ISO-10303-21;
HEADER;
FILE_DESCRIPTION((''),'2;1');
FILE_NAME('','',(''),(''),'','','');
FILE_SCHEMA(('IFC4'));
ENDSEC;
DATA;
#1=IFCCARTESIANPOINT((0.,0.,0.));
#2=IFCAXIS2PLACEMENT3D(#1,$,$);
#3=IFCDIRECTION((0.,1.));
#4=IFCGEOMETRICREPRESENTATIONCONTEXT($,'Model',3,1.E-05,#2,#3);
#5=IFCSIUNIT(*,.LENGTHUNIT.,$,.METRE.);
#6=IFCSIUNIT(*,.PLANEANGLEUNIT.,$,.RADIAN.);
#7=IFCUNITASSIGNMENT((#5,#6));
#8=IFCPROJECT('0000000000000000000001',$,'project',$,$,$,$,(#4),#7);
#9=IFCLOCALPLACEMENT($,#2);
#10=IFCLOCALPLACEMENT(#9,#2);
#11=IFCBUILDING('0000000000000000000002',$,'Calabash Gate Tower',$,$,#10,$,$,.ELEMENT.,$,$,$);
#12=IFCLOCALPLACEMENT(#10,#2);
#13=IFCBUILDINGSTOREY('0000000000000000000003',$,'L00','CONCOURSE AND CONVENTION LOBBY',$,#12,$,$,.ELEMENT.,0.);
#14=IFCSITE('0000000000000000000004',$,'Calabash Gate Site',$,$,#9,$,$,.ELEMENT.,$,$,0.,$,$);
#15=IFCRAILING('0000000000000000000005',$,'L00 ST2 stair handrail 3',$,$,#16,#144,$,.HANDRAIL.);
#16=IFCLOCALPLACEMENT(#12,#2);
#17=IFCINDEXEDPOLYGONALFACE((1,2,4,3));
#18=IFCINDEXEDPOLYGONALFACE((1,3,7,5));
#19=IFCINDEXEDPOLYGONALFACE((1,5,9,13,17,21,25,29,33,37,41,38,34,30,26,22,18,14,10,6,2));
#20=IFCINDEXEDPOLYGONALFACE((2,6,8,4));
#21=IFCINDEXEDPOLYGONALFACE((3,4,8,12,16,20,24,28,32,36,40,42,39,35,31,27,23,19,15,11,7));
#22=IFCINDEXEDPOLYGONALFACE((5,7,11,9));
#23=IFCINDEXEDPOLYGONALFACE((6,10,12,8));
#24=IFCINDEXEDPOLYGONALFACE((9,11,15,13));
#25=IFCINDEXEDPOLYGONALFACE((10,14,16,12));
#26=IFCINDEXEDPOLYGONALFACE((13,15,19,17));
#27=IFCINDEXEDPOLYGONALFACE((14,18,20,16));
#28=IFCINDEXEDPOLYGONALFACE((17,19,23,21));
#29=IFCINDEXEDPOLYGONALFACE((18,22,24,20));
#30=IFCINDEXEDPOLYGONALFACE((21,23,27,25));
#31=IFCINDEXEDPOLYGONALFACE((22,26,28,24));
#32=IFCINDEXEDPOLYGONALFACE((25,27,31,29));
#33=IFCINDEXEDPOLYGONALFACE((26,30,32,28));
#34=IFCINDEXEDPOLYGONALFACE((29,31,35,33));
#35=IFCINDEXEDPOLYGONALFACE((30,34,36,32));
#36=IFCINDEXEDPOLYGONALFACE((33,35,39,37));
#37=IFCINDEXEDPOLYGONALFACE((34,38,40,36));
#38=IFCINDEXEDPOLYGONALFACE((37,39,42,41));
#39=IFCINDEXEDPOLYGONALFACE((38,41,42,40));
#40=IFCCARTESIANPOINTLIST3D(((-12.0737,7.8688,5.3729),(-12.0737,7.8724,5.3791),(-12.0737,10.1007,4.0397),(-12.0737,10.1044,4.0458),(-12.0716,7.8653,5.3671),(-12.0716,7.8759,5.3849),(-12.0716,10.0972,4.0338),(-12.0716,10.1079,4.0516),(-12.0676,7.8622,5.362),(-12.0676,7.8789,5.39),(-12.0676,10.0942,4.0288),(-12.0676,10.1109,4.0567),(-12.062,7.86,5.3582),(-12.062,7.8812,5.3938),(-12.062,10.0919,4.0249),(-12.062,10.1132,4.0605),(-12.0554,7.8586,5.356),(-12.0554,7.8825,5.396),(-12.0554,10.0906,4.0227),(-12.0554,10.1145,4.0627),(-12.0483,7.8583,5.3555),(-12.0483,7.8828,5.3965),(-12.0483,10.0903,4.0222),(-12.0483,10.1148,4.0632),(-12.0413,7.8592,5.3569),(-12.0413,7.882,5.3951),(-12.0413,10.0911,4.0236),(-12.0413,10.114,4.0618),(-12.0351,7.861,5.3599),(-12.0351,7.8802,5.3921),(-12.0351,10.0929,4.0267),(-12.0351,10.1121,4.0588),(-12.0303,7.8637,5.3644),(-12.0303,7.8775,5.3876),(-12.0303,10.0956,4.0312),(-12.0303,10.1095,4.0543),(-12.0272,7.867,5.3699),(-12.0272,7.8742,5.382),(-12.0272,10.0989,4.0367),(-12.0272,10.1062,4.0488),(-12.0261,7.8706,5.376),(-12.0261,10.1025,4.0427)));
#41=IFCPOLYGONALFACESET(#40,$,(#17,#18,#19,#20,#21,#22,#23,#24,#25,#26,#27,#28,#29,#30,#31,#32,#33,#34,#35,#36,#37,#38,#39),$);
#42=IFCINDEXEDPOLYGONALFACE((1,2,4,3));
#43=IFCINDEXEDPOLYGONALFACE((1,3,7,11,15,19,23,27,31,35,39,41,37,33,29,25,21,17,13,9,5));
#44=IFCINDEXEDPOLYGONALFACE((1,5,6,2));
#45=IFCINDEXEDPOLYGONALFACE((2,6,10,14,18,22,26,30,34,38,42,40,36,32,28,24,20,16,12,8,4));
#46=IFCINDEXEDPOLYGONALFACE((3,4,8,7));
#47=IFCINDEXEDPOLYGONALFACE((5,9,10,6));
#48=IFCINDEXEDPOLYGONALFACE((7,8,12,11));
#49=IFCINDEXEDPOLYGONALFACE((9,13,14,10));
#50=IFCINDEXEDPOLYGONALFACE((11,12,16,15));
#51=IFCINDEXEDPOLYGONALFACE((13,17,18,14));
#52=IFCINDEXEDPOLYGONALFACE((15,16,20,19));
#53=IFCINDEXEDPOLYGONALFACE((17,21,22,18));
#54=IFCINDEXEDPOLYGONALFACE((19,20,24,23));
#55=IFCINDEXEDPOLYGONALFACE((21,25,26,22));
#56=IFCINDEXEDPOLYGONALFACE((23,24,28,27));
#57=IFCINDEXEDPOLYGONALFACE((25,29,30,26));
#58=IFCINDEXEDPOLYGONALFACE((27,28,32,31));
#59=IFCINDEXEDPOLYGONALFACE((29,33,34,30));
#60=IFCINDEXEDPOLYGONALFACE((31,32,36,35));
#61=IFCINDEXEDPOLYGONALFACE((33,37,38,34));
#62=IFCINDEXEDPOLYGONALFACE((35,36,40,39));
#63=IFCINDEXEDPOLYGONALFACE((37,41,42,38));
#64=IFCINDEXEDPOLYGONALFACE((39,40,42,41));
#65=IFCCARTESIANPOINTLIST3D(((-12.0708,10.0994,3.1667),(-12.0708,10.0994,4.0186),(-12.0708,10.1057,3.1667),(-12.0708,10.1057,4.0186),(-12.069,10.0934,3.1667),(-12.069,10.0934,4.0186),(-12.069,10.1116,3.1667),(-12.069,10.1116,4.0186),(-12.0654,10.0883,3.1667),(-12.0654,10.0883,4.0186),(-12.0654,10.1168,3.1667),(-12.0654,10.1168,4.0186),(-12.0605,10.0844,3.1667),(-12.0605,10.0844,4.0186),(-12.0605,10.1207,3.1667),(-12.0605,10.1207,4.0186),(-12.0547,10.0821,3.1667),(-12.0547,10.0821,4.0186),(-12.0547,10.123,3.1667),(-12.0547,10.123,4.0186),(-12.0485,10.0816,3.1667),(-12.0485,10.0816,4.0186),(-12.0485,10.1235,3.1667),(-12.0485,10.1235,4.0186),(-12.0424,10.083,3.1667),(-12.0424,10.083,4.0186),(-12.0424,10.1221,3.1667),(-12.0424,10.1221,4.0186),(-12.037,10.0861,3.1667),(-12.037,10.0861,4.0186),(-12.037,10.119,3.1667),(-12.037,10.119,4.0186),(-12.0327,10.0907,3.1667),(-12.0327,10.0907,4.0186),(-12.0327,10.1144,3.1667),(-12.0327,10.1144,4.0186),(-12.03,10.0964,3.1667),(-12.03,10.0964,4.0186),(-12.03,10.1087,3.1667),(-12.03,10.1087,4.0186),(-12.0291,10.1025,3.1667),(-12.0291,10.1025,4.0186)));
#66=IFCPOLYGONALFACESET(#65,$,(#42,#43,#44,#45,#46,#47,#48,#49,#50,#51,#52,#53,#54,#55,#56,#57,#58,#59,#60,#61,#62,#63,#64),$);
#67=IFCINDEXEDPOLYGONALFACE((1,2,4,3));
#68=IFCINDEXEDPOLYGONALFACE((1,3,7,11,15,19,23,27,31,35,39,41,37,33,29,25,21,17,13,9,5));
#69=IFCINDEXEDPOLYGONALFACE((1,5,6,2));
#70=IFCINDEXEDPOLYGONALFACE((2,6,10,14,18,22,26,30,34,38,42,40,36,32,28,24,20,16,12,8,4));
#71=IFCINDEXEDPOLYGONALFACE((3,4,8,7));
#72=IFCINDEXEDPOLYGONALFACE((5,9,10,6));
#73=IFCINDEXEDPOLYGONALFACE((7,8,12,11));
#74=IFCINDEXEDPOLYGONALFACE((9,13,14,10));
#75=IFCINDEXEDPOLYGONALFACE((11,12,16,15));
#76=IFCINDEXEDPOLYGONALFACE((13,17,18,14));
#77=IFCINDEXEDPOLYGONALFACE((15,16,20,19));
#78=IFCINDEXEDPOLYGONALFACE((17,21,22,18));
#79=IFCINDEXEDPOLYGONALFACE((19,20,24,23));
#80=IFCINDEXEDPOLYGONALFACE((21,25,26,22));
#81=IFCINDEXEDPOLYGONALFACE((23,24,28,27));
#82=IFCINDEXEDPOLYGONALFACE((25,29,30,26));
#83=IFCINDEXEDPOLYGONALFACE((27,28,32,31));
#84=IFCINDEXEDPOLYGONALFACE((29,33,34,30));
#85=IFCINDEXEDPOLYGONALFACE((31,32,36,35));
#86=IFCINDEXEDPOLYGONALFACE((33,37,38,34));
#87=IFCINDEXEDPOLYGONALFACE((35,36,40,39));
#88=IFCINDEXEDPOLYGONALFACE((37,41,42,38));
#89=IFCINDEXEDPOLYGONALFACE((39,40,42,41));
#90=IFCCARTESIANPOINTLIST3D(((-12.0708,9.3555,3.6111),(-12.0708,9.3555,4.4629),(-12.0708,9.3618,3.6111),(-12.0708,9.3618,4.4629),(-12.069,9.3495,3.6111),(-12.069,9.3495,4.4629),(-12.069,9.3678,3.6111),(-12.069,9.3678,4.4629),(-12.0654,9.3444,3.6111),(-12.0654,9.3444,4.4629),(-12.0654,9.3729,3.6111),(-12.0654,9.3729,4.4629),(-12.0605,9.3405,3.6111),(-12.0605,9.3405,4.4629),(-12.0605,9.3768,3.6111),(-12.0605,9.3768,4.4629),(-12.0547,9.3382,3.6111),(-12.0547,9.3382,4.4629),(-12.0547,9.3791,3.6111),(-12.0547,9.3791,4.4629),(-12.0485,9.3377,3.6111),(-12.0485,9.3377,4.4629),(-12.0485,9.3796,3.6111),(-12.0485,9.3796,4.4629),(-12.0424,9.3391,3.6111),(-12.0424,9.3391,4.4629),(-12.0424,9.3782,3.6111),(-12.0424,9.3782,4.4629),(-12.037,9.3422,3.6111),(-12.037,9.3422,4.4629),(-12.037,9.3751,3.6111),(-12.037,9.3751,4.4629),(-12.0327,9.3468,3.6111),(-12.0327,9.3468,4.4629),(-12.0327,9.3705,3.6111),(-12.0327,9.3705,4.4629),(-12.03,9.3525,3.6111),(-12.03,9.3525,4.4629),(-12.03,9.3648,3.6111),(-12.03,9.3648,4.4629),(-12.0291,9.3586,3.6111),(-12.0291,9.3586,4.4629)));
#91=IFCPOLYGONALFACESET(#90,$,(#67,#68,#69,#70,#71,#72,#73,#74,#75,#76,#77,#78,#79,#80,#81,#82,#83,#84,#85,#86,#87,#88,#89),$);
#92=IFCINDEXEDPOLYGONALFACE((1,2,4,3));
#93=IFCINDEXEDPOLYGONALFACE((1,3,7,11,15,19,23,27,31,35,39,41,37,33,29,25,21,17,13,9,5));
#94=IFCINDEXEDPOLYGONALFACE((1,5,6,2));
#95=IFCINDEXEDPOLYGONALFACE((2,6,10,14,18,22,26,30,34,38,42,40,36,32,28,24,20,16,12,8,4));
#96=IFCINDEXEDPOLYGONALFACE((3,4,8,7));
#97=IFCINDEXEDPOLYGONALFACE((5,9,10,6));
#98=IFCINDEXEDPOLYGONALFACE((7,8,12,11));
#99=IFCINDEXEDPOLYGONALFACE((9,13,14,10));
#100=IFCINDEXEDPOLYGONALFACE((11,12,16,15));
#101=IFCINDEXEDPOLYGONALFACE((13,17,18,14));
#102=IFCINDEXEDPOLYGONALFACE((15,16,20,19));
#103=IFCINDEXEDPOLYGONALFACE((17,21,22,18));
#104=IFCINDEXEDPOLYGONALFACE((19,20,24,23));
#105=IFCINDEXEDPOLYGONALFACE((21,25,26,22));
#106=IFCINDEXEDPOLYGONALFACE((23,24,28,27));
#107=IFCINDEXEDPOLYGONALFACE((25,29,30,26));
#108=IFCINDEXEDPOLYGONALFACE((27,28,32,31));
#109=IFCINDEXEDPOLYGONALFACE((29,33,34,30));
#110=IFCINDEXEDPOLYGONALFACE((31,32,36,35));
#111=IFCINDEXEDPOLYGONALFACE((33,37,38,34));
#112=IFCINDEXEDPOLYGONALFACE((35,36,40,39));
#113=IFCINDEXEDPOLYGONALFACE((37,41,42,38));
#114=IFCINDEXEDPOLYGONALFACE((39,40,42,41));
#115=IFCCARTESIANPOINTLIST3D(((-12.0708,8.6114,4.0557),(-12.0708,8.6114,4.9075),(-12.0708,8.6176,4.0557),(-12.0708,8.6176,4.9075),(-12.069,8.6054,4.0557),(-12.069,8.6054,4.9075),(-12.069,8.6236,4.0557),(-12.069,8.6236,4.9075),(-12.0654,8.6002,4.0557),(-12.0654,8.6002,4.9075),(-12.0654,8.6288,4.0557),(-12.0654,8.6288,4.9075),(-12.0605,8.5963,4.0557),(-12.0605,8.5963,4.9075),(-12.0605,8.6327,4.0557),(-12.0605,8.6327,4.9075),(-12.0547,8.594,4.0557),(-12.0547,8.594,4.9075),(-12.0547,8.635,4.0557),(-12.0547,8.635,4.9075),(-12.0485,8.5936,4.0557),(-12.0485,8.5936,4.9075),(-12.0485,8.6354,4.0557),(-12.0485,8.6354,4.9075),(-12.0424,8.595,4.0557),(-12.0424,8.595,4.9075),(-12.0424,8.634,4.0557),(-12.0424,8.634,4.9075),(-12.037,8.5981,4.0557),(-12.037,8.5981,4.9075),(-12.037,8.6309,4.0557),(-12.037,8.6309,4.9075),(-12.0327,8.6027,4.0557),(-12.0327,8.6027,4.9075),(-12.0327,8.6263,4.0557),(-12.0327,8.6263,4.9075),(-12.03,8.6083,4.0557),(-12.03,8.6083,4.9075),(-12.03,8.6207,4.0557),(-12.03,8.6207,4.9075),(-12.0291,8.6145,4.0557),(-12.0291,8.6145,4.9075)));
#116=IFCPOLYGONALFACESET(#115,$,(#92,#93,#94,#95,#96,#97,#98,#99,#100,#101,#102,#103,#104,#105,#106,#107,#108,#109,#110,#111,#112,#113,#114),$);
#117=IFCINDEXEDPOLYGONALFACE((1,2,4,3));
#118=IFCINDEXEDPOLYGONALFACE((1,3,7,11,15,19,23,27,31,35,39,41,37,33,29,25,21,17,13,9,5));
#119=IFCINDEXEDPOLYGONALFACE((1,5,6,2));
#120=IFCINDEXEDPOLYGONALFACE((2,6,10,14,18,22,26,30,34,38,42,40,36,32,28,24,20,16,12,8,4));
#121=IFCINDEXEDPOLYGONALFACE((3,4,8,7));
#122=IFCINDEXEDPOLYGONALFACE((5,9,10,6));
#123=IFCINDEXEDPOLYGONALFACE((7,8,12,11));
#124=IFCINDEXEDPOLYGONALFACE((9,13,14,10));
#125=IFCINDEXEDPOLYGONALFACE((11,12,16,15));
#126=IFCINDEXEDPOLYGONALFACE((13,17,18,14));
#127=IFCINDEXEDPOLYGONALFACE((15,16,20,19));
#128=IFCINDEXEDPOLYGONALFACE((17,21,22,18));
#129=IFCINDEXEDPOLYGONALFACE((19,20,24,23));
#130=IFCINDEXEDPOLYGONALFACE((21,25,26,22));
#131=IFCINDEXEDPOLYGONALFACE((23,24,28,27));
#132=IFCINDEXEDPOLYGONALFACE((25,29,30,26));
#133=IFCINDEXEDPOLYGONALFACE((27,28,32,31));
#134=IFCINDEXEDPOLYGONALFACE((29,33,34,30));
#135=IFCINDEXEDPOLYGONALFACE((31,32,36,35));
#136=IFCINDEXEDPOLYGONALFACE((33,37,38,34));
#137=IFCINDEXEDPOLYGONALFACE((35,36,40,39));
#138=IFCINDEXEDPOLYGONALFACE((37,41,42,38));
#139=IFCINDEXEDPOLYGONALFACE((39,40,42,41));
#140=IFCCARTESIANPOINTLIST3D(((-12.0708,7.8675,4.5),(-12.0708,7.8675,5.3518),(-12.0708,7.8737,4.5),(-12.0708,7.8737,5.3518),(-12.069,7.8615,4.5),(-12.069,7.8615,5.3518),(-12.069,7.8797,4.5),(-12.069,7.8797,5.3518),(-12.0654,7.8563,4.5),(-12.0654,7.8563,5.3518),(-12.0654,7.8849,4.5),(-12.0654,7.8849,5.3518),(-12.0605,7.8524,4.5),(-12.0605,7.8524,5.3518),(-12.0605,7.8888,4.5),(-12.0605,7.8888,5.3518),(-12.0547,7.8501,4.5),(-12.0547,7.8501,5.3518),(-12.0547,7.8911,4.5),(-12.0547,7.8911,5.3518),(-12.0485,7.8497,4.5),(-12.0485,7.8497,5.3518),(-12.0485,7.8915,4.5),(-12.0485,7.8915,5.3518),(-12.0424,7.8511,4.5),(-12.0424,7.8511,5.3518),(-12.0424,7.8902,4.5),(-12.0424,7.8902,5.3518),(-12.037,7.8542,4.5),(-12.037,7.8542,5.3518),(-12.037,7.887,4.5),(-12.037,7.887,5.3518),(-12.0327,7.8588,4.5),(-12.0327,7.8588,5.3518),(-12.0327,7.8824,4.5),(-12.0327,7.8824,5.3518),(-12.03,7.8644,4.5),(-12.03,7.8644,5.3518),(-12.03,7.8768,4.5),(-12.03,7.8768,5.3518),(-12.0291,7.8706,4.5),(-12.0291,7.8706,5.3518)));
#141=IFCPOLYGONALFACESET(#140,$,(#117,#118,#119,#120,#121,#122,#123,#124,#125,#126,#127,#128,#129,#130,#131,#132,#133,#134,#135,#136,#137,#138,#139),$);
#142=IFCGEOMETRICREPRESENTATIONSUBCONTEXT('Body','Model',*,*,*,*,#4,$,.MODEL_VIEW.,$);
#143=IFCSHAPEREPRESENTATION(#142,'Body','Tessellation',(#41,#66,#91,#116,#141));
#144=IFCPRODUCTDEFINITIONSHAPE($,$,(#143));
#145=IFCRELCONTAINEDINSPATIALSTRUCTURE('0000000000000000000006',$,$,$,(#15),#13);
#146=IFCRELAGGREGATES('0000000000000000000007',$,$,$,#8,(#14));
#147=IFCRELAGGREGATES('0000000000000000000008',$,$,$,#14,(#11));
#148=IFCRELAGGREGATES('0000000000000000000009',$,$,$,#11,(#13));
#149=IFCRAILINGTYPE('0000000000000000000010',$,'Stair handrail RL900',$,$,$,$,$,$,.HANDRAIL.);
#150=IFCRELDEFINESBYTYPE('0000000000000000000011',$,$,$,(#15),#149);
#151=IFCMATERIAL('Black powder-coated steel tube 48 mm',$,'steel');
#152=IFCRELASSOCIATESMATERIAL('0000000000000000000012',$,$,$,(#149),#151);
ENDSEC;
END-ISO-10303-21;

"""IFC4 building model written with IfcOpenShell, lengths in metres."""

from ifc_helpers import new_model, si_unit, direction, frame, origin, origin_2d, place, context, subcontext, project, spatial, circle, extrude, material, type_object, element, save


model = new_model("IFC4")

# Units and contexts
model_context = context("Model", 3, precision=1e-05, world=origin(), true_north=direction((0.0, 1.0)))
body_context = subcontext(model_context, "Body", "Model", "MODEL_VIEW")
ifc_project = project(units=[si_unit("LENGTHUNIT", "METRE"), si_unit("PLANEANGLEUNIT", "RADIAN")], contexts=[model_context])

# Site, building, storey
site_placement = place(None, origin())
site = spatial("IfcSite", under=ifc_project, at=site_placement, Name="Calabash Gate Site", CompositionType="ELEMENT", RefElevation=0.0)
building_placement = place(site_placement, origin())
building = spatial("IfcBuilding", under=site, at=building_placement, Name="Calabash Gate Tower", CompositionType="ELEMENT")
storey_placement = place(building_placement, origin())
storey = spatial("IfcBuildingStorey", under=building, at=storey_placement, Name="L00", Description="CONCOURSE AND CONVENTION LOBBY", CompositionType="ELEMENT", Elevation=0.0)

# Railing
ifc_material_1 = material(Name="Black powder-coated steel tube 48 mm", Category="steel")
railing_type = type_object("IfcRailingType", Name="Stair handrail RL900", PredefinedType="HANDRAIL", material=ifc_material_1)
for number, where, name in (
    (1, (-12.05, 10.1025, 3.1667), "L00 ST2 stair handrail 3"),
):
    element("IfcRailing", number, at=place(storey_placement, frame(where)), inside=storey, type_object=railing_type, Name=name, PredefinedType="HANDRAIL", context=body_context, shape_type="SweptSolid", body=[
        extrude(circle(Radius=0.0239, at=origin_2d()), frame((0.0, 0.0, 0.876), z_axis=(0.0, -0.858494, 0.512824), x_axis=(1.0, 0.0, 0.0)), (0.0, 0.0, 1.0), 2.5999),
        extrude(circle(Radius=0.021, at=origin_2d()), origin(), (0.0, 0.0, 1.0), 0.8518),
        extrude(circle(Radius=0.021, at=origin_2d()), frame((0.0, -0.7439, 0.4443)), (0.0, 0.0, 1.0), 0.8518),
        extrude(circle(Radius=0.021, at=origin_2d()), frame((0.0, -1.488, 0.8889)), (0.0, 0.0, 1.0), 0.8518),
        extrude(circle(Radius=0.021, at=origin_2d()), frame((0.0, -2.2319, 1.3333)), (0.0, 0.0, 1.0), 0.8518),
    ])

save(model, "model.ifc")
